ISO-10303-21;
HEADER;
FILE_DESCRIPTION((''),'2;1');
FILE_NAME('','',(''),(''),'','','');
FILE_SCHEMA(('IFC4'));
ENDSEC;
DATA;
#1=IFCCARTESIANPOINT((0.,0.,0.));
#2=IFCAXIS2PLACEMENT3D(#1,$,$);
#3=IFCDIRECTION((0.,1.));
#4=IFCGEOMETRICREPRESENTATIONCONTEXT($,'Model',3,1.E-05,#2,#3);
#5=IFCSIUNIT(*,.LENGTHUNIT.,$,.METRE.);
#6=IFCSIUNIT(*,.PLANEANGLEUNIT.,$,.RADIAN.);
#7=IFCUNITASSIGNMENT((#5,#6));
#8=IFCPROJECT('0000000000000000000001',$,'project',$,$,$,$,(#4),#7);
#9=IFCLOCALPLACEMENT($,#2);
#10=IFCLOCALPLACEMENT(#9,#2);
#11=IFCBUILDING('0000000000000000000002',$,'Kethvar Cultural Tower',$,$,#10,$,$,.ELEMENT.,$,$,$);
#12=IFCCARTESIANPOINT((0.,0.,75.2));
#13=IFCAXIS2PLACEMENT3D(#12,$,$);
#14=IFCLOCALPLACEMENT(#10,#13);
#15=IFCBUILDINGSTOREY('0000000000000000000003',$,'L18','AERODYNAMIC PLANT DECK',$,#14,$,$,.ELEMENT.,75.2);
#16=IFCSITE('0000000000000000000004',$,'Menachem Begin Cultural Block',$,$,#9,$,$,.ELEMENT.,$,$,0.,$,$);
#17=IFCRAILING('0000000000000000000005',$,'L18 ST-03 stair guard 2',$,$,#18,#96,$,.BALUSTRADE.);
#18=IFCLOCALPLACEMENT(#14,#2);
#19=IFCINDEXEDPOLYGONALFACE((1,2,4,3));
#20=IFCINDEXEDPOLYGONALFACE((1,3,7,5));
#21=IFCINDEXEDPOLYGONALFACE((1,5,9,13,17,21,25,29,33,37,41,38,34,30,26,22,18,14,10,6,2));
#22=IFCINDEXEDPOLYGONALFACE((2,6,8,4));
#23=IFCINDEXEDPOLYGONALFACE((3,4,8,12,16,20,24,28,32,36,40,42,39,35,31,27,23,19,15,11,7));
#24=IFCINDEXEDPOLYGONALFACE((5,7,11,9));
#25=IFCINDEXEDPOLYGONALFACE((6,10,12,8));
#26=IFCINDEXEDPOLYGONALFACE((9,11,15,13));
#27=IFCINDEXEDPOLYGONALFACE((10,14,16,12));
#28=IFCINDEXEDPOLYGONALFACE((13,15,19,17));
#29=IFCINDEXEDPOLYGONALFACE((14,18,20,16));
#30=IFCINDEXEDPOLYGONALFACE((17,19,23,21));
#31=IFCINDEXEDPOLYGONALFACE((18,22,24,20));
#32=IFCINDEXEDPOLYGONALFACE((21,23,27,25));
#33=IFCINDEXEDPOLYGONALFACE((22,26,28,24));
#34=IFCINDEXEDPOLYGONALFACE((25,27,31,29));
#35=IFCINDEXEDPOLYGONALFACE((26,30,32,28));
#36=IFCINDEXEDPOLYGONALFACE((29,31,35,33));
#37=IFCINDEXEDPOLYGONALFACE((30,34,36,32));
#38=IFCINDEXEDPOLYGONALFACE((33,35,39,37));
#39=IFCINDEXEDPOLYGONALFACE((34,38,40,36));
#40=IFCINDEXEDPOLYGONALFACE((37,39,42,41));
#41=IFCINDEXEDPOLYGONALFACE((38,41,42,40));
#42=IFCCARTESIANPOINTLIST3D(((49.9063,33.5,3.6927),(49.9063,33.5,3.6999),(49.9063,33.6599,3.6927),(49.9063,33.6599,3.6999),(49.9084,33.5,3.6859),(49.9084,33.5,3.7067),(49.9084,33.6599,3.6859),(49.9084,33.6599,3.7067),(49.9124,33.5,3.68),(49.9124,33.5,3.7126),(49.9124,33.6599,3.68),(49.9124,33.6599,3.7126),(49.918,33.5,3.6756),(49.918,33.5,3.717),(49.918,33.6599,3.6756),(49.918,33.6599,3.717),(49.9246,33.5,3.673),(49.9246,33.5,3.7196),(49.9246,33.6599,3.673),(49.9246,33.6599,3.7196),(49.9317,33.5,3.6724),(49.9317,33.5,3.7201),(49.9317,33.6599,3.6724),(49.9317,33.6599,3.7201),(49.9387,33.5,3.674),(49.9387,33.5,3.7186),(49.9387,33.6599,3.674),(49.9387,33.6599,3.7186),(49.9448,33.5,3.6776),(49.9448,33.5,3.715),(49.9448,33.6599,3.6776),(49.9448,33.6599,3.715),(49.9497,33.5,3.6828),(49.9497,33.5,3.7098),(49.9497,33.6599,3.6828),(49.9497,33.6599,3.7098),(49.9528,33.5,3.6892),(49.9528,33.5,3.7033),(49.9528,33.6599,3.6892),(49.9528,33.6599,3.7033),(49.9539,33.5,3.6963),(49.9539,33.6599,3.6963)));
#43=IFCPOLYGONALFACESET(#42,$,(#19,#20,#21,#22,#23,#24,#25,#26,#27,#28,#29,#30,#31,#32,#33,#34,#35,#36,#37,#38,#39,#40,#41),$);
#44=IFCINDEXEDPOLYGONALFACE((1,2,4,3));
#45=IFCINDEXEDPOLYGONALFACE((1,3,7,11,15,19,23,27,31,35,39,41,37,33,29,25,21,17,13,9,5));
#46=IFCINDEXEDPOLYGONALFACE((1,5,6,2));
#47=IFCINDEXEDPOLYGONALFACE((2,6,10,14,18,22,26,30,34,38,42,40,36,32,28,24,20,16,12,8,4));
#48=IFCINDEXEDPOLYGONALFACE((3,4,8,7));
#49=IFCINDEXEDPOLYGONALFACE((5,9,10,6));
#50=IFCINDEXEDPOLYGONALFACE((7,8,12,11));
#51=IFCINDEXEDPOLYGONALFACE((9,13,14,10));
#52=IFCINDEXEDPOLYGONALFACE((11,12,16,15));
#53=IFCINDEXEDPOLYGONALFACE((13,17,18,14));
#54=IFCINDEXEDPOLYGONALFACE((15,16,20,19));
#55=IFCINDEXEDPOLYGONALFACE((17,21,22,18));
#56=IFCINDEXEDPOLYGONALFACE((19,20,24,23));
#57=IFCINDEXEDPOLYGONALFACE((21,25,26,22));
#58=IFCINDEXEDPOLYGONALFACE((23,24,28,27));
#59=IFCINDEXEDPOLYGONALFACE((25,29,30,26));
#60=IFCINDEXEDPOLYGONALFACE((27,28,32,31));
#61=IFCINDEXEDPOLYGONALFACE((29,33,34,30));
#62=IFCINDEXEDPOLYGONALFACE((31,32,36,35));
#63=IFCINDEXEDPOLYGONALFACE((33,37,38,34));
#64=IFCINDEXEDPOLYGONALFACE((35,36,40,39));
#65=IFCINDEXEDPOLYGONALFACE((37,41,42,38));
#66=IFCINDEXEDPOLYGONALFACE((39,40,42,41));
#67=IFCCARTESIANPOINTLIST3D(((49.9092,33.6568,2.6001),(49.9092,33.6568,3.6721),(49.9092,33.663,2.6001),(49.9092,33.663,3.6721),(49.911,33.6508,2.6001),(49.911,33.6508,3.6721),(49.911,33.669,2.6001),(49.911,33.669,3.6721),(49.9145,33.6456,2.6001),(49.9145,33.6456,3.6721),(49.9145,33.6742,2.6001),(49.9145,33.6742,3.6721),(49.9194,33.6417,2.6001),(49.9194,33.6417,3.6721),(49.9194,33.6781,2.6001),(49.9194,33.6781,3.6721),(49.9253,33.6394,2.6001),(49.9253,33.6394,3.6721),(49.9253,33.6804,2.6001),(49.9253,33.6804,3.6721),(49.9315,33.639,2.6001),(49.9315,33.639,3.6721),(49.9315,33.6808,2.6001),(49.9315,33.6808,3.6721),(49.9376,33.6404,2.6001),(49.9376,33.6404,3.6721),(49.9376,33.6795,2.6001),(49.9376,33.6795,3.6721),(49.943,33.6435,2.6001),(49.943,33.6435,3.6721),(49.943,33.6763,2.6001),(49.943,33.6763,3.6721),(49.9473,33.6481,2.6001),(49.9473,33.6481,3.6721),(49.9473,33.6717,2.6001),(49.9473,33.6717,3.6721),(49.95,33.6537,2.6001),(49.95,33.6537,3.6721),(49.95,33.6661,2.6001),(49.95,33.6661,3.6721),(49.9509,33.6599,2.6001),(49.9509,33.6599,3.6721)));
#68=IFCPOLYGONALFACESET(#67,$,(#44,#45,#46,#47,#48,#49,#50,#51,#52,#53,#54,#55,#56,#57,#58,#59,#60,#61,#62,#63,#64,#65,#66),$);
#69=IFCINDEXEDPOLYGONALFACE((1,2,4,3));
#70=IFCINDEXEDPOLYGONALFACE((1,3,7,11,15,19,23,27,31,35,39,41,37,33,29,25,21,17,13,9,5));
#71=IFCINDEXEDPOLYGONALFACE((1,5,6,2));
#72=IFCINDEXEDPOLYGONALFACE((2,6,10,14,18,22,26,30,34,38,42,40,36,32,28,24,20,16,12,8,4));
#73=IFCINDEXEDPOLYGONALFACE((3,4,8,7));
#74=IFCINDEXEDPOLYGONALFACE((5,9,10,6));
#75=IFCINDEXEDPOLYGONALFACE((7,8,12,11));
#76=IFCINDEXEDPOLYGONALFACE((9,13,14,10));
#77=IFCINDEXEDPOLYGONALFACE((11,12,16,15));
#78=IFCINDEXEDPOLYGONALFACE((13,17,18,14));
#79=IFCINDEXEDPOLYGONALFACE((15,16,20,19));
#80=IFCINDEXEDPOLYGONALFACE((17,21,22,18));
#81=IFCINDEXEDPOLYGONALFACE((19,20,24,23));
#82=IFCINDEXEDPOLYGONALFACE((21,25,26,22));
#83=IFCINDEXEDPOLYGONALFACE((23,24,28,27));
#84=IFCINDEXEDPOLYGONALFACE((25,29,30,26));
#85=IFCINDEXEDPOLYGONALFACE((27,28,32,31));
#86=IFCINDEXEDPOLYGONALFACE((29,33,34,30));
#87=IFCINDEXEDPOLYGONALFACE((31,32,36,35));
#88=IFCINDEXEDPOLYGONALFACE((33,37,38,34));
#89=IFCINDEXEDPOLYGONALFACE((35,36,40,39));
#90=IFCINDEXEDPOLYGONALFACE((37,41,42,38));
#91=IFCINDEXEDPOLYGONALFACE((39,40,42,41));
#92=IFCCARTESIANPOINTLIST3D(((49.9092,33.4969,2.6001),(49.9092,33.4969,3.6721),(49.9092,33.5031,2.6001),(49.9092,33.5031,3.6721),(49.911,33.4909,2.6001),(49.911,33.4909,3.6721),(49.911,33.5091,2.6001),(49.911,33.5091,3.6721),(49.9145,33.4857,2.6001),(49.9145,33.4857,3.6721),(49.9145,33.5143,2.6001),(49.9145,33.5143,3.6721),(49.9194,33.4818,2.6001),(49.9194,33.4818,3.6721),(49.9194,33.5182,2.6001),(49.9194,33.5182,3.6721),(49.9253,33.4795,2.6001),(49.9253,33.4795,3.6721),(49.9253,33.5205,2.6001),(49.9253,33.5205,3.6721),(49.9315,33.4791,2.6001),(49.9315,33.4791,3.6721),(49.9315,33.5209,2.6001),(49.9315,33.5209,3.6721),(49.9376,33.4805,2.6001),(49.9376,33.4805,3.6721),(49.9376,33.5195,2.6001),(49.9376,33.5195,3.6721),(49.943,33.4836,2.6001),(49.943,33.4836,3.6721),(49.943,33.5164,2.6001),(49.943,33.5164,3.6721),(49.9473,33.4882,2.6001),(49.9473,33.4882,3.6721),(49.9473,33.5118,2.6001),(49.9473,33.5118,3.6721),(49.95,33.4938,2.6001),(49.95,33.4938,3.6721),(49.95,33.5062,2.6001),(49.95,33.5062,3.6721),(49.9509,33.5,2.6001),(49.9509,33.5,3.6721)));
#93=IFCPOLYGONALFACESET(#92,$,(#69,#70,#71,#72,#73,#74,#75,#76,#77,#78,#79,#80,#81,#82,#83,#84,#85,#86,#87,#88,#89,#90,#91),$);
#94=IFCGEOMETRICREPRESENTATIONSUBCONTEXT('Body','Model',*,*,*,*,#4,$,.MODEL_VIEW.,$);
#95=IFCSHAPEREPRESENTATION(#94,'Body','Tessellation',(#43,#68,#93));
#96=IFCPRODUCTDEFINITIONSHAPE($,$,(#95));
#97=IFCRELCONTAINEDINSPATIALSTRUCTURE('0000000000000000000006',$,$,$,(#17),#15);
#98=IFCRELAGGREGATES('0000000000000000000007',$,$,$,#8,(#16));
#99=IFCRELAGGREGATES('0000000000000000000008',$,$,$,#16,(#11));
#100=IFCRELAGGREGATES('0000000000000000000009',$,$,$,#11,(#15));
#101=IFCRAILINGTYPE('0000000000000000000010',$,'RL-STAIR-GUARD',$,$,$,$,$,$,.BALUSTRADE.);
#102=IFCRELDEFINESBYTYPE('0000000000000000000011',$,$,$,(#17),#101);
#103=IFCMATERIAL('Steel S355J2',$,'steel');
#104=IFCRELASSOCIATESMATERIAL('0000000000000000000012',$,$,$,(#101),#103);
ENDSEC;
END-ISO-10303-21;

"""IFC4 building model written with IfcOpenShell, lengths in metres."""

from ifc_helpers import new_model, si_unit, direction, frame, origin, origin_2d, place, context, subcontext, project, spatial, circle, extrude, material, type_object, element, save


model = new_model("IFC4")

# Units and contexts
model_context = context("Model", 3, precision=1e-05, world=origin(), true_north=direction((0.0, 1.0)))
body_context = subcontext(model_context, "Body", "Model", "MODEL_VIEW")
ifc_project = project(units=[si_unit("LENGTHUNIT", "METRE"), si_unit("PLANEANGLEUNIT", "RADIAN")], contexts=[model_context])

# Site, building, storey
site_placement = place(None, origin())
site = spatial("IfcSite", under=ifc_project, at=site_placement, Name="Menachem Begin Cultural Block", CompositionType="ELEMENT", RefElevation=0.0)
building_placement = place(site_placement, origin())
building = spatial("IfcBuilding", under=site, at=building_placement, Name="Kethvar Cultural Tower", CompositionType="ELEMENT")
storey_placement = place(building_placement, frame((0.0, 0.0, 75.2)))
storey = spatial("IfcBuildingStorey", under=building, at=storey_placement, Name="L18", Description="AERODYNAMIC PLANT DECK", CompositionType="ELEMENT", Elevation=75.2)

# Shared definitions
ifc_material_1 = material(Name="Steel S355J2", Category="steel")

# Railing
railing_type_1 = type_object("IfcRailingType", Name="RL-STAIR-GUARD", PredefinedType="BALUSTRADE", material=ifc_material_1)
railing_1_placement = place(storey_placement, frame((49.9299, 33.6599, 2.6001)))
element("IfcRailing", 1, at=railing_1_placement, inside=storey, type_object=railing_type_1, Name="L18 ST-03 stair guard 2", PredefinedType="BALUSTRADE", context=body_context, shape_type="SweptSolid", body=[
    extrude(circle(Radius=0.0239, at=origin_2d()), frame((0.0, 0.0, 1.0962), z_axis=(0.0, -1.0, 0.0), x_axis=(1.0, 0.0, 0.0)), (0.0, 0.0, 1.0), 0.1599),
    extrude(circle(Radius=0.021, at=origin_2d()), origin(), (0.0, 0.0, 1.0), 1.072),
    extrude(circle(Radius=0.021, at=origin_2d()), frame((0.0, -0.1599, 0.0)), (0.0, 0.0, 1.0), 1.072),
])

save(model, "model.ifc")
